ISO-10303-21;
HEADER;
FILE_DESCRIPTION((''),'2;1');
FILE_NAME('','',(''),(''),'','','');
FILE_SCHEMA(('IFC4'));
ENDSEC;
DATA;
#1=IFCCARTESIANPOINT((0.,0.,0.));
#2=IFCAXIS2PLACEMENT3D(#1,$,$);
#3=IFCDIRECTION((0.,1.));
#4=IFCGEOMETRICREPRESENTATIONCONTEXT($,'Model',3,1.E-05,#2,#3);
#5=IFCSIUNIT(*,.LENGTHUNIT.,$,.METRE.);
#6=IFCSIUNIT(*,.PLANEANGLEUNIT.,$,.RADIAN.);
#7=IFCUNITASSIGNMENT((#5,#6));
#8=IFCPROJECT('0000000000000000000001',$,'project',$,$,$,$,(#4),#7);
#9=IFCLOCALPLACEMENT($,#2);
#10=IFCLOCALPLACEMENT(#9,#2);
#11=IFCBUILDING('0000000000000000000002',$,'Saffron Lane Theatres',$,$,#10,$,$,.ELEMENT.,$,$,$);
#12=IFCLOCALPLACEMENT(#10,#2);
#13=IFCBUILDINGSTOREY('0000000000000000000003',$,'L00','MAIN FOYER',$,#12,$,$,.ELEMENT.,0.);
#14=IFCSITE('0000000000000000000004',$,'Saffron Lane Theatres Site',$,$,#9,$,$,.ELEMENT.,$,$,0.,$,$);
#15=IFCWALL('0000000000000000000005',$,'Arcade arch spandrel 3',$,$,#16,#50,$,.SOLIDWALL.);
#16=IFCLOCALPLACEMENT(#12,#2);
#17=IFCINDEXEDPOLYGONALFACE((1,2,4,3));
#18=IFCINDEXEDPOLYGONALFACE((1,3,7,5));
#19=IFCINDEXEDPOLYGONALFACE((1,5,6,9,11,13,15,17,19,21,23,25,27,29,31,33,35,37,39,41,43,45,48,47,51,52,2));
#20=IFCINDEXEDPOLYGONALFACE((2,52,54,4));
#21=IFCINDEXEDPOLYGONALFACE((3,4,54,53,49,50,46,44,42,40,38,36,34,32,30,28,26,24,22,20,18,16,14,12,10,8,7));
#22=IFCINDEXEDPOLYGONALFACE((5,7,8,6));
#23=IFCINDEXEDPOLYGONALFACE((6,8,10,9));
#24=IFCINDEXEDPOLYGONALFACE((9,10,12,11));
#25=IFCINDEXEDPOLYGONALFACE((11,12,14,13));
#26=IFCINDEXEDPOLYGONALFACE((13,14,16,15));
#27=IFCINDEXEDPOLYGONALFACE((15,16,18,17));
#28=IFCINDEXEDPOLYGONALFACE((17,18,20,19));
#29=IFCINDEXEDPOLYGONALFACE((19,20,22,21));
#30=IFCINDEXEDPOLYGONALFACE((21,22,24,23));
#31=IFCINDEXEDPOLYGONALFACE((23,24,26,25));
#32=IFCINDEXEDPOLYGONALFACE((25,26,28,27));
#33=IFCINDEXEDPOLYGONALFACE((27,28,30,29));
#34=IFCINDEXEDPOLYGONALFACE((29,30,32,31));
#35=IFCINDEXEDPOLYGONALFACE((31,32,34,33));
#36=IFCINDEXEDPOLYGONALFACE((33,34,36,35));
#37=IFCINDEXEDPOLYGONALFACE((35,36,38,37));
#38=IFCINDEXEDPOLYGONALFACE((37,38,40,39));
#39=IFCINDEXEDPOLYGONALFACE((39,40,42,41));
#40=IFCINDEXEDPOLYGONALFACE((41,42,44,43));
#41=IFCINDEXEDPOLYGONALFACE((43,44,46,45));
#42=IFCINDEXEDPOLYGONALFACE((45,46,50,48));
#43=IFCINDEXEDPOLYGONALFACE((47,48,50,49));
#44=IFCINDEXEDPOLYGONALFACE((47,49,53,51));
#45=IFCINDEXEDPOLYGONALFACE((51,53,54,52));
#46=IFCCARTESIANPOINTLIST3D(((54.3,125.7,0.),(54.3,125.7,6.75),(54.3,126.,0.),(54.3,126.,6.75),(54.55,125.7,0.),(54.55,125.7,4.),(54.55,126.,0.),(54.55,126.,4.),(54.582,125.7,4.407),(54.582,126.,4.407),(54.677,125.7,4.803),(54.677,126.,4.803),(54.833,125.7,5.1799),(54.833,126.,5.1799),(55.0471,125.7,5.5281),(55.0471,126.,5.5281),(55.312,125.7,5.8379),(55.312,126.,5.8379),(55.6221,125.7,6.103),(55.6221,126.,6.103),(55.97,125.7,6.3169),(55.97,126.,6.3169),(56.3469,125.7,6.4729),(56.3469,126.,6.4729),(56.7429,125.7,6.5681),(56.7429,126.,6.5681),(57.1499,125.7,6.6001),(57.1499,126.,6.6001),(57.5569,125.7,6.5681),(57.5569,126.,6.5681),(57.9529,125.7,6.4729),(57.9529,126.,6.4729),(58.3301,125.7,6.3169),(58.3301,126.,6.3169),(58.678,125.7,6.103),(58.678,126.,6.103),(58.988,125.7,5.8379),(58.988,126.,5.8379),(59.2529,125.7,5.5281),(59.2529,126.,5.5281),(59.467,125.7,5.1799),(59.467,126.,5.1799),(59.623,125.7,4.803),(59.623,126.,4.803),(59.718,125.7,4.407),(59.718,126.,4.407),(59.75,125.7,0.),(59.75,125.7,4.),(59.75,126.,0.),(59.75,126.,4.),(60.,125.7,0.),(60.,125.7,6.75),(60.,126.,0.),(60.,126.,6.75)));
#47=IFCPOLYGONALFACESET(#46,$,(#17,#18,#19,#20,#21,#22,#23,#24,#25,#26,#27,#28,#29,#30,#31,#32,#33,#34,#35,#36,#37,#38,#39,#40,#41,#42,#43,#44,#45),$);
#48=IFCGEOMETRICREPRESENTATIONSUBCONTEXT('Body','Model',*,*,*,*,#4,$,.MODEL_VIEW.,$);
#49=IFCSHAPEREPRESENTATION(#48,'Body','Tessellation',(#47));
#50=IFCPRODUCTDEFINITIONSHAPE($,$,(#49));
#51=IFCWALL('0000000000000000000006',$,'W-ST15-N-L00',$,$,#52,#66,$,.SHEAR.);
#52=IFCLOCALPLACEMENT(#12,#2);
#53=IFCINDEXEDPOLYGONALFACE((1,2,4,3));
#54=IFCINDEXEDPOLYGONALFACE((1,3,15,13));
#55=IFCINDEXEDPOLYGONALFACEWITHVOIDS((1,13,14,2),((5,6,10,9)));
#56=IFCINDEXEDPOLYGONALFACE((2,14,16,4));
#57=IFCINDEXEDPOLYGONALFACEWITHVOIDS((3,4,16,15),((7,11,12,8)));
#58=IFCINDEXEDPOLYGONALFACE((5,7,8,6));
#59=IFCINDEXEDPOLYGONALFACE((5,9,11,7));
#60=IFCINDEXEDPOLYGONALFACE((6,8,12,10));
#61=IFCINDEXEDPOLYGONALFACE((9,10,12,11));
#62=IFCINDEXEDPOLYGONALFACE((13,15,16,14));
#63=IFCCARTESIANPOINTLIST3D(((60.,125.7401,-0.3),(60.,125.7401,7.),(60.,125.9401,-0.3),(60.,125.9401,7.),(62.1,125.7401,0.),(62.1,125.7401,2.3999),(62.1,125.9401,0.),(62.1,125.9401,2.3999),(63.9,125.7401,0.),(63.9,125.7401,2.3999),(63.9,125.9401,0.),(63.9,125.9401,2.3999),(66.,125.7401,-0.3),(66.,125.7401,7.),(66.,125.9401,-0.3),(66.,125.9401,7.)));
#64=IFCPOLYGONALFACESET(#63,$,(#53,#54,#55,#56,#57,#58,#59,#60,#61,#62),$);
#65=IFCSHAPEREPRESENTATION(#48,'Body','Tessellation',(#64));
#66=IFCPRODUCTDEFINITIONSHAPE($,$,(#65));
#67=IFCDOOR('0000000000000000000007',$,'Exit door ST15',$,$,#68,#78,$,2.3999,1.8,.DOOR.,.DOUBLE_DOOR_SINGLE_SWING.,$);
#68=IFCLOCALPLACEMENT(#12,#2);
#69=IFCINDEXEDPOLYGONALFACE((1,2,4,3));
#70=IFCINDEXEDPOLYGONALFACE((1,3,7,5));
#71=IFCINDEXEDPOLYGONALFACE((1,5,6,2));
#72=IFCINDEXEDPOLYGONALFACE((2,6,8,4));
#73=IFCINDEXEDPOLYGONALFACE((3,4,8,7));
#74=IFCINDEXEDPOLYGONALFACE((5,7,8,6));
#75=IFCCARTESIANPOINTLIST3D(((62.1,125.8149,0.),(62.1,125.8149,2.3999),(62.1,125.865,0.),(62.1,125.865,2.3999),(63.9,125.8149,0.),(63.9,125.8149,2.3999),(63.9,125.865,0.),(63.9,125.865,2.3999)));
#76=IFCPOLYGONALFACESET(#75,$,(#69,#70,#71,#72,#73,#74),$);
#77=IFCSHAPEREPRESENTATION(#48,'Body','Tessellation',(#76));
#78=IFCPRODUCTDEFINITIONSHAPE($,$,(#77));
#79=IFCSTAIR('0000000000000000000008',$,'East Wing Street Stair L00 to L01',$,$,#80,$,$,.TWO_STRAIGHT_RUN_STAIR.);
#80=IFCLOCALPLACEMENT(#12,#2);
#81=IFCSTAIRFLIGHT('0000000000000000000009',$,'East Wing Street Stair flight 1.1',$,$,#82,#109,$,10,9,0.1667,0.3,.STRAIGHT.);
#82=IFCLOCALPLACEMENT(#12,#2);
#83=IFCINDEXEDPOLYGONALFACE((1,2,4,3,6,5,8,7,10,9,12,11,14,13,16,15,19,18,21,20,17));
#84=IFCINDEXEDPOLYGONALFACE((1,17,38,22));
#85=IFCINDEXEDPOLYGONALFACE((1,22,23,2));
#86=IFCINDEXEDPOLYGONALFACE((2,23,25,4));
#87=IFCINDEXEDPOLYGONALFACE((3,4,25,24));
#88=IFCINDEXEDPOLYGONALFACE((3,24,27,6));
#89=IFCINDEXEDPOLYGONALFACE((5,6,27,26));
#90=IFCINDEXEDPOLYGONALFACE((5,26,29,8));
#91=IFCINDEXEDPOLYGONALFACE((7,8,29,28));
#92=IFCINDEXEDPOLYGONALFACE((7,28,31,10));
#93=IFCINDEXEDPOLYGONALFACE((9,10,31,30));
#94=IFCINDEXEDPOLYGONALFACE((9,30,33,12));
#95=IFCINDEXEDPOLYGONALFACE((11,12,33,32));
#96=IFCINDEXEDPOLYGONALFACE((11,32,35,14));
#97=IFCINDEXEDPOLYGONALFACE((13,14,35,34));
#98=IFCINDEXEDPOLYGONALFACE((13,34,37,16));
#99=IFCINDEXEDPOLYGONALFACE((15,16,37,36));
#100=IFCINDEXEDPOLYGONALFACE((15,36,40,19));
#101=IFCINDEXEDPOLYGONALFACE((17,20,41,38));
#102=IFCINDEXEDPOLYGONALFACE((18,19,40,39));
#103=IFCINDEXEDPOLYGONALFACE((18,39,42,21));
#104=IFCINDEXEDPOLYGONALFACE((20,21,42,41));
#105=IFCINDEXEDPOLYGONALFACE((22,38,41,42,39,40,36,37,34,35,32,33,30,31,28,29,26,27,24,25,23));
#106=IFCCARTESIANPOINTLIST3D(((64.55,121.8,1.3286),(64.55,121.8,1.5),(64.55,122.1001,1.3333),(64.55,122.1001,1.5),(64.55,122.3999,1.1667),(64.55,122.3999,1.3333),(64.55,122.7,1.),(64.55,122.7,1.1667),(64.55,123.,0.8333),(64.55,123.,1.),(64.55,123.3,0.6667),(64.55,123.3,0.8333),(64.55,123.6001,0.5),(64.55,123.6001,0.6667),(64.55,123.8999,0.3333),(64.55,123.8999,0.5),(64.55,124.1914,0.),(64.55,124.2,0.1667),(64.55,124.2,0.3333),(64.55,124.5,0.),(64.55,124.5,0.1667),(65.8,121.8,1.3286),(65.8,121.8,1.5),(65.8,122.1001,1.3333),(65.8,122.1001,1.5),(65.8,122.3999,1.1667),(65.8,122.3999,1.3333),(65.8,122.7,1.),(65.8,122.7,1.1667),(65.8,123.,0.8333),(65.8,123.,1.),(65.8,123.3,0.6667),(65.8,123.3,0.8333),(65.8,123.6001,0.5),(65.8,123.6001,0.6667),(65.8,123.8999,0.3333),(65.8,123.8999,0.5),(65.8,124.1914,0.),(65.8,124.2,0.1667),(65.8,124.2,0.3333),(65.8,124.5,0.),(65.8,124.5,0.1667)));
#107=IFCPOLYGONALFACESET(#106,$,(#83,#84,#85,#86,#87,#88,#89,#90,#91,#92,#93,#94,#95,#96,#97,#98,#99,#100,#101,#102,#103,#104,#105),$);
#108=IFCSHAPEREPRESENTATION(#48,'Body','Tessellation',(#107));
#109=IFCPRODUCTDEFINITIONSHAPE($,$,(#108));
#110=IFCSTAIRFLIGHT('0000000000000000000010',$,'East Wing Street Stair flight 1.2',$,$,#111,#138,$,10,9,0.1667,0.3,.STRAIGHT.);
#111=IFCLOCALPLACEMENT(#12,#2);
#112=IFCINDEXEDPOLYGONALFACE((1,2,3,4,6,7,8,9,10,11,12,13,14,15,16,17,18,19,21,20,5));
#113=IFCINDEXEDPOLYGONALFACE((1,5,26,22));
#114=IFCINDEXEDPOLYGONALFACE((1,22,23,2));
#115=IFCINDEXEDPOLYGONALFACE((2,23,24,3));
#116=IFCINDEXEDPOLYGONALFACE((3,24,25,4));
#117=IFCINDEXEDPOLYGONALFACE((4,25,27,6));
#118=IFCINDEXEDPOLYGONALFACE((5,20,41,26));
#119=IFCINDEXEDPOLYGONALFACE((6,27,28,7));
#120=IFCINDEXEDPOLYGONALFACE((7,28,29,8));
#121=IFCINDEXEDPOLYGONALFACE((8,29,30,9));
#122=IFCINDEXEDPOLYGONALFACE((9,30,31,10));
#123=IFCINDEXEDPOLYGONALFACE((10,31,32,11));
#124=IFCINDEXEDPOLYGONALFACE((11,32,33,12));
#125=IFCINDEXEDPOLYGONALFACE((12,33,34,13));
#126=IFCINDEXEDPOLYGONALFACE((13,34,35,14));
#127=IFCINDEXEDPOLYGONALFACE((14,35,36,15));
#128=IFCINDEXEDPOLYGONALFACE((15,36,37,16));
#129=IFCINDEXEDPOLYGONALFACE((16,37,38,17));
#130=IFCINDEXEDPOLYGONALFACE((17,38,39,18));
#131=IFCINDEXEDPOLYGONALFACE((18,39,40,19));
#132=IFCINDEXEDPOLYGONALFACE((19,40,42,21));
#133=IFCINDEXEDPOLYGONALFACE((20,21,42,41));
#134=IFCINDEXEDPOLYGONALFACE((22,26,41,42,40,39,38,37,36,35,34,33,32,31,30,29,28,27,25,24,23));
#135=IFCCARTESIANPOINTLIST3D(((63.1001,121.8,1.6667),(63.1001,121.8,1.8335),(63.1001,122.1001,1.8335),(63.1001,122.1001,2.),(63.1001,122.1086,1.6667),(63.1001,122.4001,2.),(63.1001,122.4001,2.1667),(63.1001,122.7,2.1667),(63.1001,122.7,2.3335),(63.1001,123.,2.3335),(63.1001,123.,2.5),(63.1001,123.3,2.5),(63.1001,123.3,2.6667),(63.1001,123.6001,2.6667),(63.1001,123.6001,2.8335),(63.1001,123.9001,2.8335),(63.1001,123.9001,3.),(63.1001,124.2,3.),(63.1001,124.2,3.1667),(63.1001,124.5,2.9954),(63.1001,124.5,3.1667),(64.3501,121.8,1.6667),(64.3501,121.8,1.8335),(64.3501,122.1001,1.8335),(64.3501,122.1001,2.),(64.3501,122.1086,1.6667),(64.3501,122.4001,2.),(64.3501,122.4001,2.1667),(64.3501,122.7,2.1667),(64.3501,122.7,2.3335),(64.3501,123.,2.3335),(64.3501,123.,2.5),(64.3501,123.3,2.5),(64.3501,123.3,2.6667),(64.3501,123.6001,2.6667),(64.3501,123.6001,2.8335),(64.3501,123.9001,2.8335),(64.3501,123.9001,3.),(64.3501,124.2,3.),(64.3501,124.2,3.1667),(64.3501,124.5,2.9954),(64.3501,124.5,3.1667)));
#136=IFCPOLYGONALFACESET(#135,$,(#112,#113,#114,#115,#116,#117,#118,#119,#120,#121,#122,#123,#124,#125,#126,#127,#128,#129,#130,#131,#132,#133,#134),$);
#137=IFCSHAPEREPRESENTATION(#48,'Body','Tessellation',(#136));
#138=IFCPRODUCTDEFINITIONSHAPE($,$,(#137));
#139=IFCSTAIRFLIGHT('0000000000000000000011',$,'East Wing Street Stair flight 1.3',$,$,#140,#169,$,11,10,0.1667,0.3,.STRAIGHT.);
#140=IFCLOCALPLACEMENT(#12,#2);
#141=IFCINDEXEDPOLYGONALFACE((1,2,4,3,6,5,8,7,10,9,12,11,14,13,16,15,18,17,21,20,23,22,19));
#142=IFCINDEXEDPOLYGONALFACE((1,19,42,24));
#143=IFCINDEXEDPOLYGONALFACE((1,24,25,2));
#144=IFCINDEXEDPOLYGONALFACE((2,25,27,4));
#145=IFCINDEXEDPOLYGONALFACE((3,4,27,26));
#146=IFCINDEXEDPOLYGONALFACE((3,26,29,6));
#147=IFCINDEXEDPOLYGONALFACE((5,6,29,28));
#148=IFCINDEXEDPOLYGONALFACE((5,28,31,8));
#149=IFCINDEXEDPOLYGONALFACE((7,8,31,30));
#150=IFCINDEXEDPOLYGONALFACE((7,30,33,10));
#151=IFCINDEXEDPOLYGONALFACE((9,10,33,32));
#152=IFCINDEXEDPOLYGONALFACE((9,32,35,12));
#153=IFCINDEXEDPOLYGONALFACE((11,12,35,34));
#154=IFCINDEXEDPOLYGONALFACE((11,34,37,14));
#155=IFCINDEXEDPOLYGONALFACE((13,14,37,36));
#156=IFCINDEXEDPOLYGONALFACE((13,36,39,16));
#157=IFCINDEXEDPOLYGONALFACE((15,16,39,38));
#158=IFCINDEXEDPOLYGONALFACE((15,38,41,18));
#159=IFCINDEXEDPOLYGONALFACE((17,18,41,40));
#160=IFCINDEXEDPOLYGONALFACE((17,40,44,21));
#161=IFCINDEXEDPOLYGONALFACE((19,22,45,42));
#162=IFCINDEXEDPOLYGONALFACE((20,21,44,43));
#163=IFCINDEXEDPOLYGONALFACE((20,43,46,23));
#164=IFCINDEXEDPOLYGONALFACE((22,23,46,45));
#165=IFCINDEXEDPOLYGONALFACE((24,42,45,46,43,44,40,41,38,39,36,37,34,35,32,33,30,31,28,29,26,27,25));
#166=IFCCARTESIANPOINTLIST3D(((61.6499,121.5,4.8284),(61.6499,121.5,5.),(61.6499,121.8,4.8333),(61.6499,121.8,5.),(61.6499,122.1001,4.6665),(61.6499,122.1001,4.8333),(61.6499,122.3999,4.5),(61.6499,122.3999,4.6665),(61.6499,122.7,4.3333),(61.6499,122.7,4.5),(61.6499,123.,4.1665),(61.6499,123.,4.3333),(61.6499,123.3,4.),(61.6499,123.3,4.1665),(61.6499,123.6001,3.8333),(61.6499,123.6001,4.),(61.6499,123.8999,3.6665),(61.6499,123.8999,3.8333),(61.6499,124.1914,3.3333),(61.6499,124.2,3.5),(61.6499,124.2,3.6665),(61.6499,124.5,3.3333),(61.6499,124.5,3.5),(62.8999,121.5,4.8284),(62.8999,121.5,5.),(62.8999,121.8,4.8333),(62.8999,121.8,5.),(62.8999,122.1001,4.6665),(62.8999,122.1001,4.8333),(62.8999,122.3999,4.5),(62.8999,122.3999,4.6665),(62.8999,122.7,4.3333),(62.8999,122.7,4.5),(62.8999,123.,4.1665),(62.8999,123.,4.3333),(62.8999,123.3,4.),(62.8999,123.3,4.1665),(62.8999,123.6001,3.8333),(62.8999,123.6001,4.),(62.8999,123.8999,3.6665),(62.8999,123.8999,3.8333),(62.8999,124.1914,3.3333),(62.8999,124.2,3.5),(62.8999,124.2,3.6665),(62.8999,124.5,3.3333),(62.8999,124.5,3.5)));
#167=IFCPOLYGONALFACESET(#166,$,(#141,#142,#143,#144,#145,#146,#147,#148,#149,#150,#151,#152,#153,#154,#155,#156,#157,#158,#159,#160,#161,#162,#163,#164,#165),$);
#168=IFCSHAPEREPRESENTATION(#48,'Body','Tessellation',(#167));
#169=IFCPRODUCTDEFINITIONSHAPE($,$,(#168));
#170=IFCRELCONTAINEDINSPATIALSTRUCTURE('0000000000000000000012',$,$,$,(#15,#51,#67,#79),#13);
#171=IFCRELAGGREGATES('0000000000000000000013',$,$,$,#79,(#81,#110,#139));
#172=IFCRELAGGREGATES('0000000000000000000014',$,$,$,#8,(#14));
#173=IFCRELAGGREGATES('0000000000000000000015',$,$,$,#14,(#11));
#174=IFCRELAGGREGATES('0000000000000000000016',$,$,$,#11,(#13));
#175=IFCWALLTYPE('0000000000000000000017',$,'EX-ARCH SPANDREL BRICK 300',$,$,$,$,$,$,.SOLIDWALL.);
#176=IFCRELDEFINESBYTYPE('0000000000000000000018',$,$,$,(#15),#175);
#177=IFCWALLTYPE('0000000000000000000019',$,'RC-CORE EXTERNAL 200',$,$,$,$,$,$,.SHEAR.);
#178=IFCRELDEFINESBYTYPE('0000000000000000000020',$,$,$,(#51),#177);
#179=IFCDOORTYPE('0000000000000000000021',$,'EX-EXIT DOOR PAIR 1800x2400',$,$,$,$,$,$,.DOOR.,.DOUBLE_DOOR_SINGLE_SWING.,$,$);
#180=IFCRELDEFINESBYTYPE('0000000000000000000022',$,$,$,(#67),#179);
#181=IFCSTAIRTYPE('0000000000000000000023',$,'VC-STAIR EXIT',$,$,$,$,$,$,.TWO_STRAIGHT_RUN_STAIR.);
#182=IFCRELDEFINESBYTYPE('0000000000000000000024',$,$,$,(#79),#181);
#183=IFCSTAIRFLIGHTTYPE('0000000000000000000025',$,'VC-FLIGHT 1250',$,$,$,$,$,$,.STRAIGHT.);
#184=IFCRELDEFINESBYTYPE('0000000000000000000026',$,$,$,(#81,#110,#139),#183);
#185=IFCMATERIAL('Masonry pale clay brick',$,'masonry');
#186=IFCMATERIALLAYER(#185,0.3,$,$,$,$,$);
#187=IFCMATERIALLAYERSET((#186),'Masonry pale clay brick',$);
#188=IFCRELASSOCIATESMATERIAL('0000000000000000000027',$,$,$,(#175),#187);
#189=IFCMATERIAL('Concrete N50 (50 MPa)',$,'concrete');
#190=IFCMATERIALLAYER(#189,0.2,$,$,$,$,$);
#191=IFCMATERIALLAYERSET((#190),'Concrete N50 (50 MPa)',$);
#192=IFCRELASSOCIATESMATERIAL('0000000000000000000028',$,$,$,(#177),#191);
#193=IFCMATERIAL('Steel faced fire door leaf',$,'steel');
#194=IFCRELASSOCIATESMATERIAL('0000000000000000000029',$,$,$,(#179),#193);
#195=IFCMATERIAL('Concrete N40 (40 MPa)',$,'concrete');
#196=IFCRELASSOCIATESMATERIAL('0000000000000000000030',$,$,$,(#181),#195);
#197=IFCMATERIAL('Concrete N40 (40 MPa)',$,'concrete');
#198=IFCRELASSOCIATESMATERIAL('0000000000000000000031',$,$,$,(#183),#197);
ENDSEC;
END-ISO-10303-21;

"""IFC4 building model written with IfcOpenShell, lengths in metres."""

from ifc_helpers import new_model, si_unit, direction, frame, frame_2d, origin, place, context, subcontext, project, spatial, polyline, rectangle, outline, extrude, material, layer, layer_set, type_object, element, fill, aggregate, save


model = new_model("IFC4")

# Units and contexts
model_context = context("Model", 3, precision=1e-05, world=origin(), true_north=direction((0.0, 1.0)))
body_context = subcontext(model_context, "Body", "Model", "MODEL_VIEW")
ifc_project = project(units=[si_unit("LENGTHUNIT", "METRE"), si_unit("PLANEANGLEUNIT", "RADIAN")], contexts=[model_context])

# Site, building, storey
site_placement = place(None, origin())
site = spatial("IfcSite", under=ifc_project, at=site_placement, Name="Saffron Lane Theatres Site", CompositionType="ELEMENT", RefElevation=0.0)
building_placement = place(site_placement, origin())
building = spatial("IfcBuilding", under=site, at=building_placement, Name="Saffron Lane Theatres", CompositionType="ELEMENT")
storey_placement = place(building_placement, origin())
storey = spatial("IfcBuildingStorey", under=building, at=storey_placement, Name="L00", Description="MAIN FOYER", CompositionType="ELEMENT", Elevation=0.0)

# Wall
ifc_material_1 = material(Name="Masonry pale clay brick", Category="masonry")
ifc_layer_1 = layer(ifc_material_1, 0.3)
ifc_layer_set_1 = layer_set([ifc_layer_1], Name="Masonry pale clay brick")
wall_type_1 = type_object("IfcWallType", Name="EX-ARCH SPANDREL BRICK 300", PredefinedType="SOLIDWALL", material=ifc_layer_set_1)
wall_1_placement = place(storey_placement, frame((54.3, 126.0, 0.0), z_axis=(0.0, 1.0, 0.0), x_axis=(0.0, 0.0, 1.0)))
element("IfcWall", 1, at=wall_1_placement, inside=storey, type_object=wall_type_1, Name="Arcade arch spandrel 3", PredefinedType="SOLIDWALL", context=body_context, shape_type="SweptSolid", body=[
    extrude(outline(polyline([(0.0, 0.0), (6.75, 0.0), (6.75, 5.7), (0.0, 5.7), (0.0, 5.45), (4.0, 5.45), (4.407, 5.418), (4.803, 5.323), (5.1799, 5.167), (5.5281, 4.9529), (5.8379, 4.688), (6.103, 4.3779), (6.3169, 4.03), (6.4729, 3.6528), (6.5681, 3.2568), (6.6001, 2.8499), (6.5681, 2.4429), (6.4729, 2.0469), (6.3169, 1.6699), (6.103, 1.322), (5.8379, 1.012), (5.5281, 0.7471), (5.1799, 0.533), (4.803, 0.377), (4.407, 0.282), (4.0, 0.25), (0.0, 0.25), (0.0, 0.0)])), origin(), (0.0, 0.0, -1.0), 0.3),
])

# Wall, opening, door
ifc_material_2 = material(Name="Concrete N50 (50 MPa)", Category="concrete")
ifc_layer_2 = layer(ifc_material_2, 0.2)
ifc_layer_set_2 = layer_set([ifc_layer_2], Name="Concrete N50 (50 MPa)")
wall_type_2 = type_object("IfcWallType", Name="RC-CORE EXTERNAL 200", PredefinedType="SHEAR", material=ifc_layer_set_2)
wall_2_placement = place(storey_placement, frame((60.0, 125.8401, -0.3), z_axis=(0.0, 0.0, 1.0), x_axis=(1.0, 0.0, 0.0)))
wall_2 = element("IfcWall", 2, at=wall_2_placement, inside=storey, type_object=wall_type_2, Name="W-ST15-N-L00", PredefinedType="SHEAR", context=body_context, shape_type="SweptSolid", body=[
    extrude(rectangle(XDim=6.0, YDim=0.2, at=frame_2d((3.0, 0.0))), origin(), (0.0, 0.0, 1.0), 7.3),
])
opening_placement = place(wall_2_placement, frame((2.1001, 0.0, 0.3)))
opening = element("IfcOpeningElement", 3, at=opening_placement, cuts=wall_2, PredefinedType="OPENING", context=body_context, shape_type="SweptSolid", body=[
    extrude(rectangle(XDim=1.8, YDim=2.3999, at=frame_2d((0.8999, 1.2))), frame((0.0, 0.1099, 0.0), z_axis=(0.0, -1.0, 0.0), x_axis=(1.0, 0.0, 0.0)), (0.0, 0.0, 1.0), 0.22),
])
ifc_material_3 = material(Name="Steel faced fire door leaf", Category="steel")
door_type = type_object("IfcDoorType", Name="EX-EXIT DOOR PAIR 1800x2400", OperationType="DOUBLE_DOOR_SINGLE_SWING", PredefinedType="DOOR", material=ifc_material_3)
door_placement = place(opening_placement, origin())
door = element("IfcDoor", 4, at=door_placement, inside=storey, type_object=door_type, Name="Exit door ST15", OperationType="DOUBLE_DOOR_SINGLE_SWING", OverallHeight=2.3999, OverallWidth=1.8, PredefinedType="DOOR", context=body_context, shape_type="SweptSolid", body=[
    extrude(rectangle(XDim=1.8, YDim=2.3999, at=frame_2d((0.8999, 1.2))), frame((0.0, 0.0249, 0.0), z_axis=(0.0, -1.0, 0.0), x_axis=(1.0, 0.0, 0.0)), (0.0, 0.0, 1.0), 0.05),
])
fill(opening, door)

# Stair, stair flights
ifc_material_4 = material(Name="Concrete N40 (40 MPa)", Category="concrete")
stair_type = type_object("IfcStairType", Name="VC-STAIR EXIT", PredefinedType="TWO_STRAIGHT_RUN_STAIR", material=ifc_material_4)
stair_placement = place(storey_placement, origin())
stair = element("IfcStair", 5, at=stair_placement, inside=storey, type_object=stair_type, Name="East Wing Street Stair L00 to L01", PredefinedType="TWO_STRAIGHT_RUN_STAIR")
ifc_material_5 = material(Name="Concrete N40 (40 MPa)", Category="concrete")
stair_flight_type = type_object("IfcStairFlightType", Name="VC-FLIGHT 1250", PredefinedType="STRAIGHT", material=ifc_material_5)
stair_flight_1_placement = place(storey_placement, frame((65.175, 124.5, 0.0), z_axis=(0.0, 0.0, 1.0), x_axis=(0.0, -1.0, 0.0)))
stair_flight_1 = element("IfcStairFlight", 6, at=stair_flight_1_placement, type_object=stair_flight_type, Name="East Wing Street Stair flight 1.1", NumberOfRisers=10, NumberOfTreads=9, PredefinedType="STRAIGHT", RiserHeight=0.1667, TreadLength=0.3, context=body_context, shape_type="SweptSolid", body=[
    extrude(outline(polyline([(0.0, 0.0), (0.0, 0.1667), (0.3, 0.1667), (0.3, 0.3333), (0.6001, 0.3333), (0.6001, 0.5), (0.8999, 0.5), (0.8999, 0.6667), (1.2, 0.6667), (1.2, 0.8333), (1.5, 0.8333), (1.5, 1.0), (1.8, 1.0), (1.8, 1.1667), (2.1001, 1.1667), (2.1001, 1.3333), (2.3999, 1.3333), (2.3999, 1.5), (2.7, 1.5), (2.7, 1.6667), (2.7, 1.3286), (0.3086, 0.0), (0.0, 0.0)])), frame((0.0, 0.625, 0.0), z_axis=(0.0, -1.0, 0.0), x_axis=(1.0, 0.0, 0.0)), (0.0, 0.0, 1.0), 1.25),
])
stair_flight_2_placement = place(storey_placement, frame((63.7251, 121.8, 1.6667), z_axis=(0.0, 0.0, 1.0), x_axis=(0.0, 1.0, 0.0)))
stair_flight_2 = element("IfcStairFlight", 7, at=stair_flight_2_placement, type_object=stair_flight_type, Name="East Wing Street Stair flight 1.2", NumberOfRisers=10, NumberOfTreads=9, PredefinedType="STRAIGHT", RiserHeight=0.1667, TreadLength=0.3, context=body_context, shape_type="SweptSolid", body=[
    extrude(outline(polyline([(0.0, 0.0), (0.0, 0.1667), (0.3, 0.1667), (0.3, 0.3333), (0.6001, 0.3333), (0.6001, 0.5), (0.8999, 0.5), (0.8999, 0.6667), (1.2, 0.6667), (1.2, 0.8333), (1.5, 0.8333), (1.5, 1.0), (1.8, 1.0), (1.8, 1.1667), (2.1001, 1.1667), (2.1001, 1.3333), (2.3999, 1.3333), (2.3999, 1.5), (2.7, 1.5), (2.7, 1.6667), (2.7, 1.3286), (0.3086, 0.0), (0.0, 0.0)])), frame((0.0, 0.625, 0.0), z_axis=(0.0, -1.0, 0.0), x_axis=(1.0, 0.0, 0.0)), (0.0, 0.0, 1.0), 1.25),
])
stair_flight_3_placement = place(storey_placement, frame((62.2749, 124.5, 3.3333), z_axis=(0.0, 0.0, 1.0), x_axis=(0.0, -1.0, 0.0)))
stair_flight_3 = element("IfcStairFlight", 8, at=stair_flight_3_placement, type_object=stair_flight_type, Name="East Wing Street Stair flight 1.3", NumberOfRisers=11, NumberOfTreads=10, PredefinedType="STRAIGHT", RiserHeight=0.1667, TreadLength=0.3, context=body_context, shape_type="SweptSolid", body=[
    extrude(outline(polyline([(0.0, 0.0), (0.0, 0.1667), (0.3, 0.1667), (0.3, 0.3333), (0.6001, 0.3333), (0.6001, 0.5), (0.8999, 0.5), (0.8999, 0.6667), (1.2, 0.6667), (1.2, 0.8333), (1.5, 0.8333), (1.5, 1.0), (1.8, 1.0), (1.8, 1.1667), (2.1001, 1.1667), (2.1001, 1.3333), (2.3999, 1.3333), (2.3999, 1.5), (2.7, 1.5), (2.7, 1.6667), (3.0, 1.6667), (3.0, 1.8333), (3.0, 1.4951), (0.3086, 0.0), (0.0, 0.0)])), frame((0.0, 0.625, 0.0), z_axis=(0.0, -1.0, 0.0), x_axis=(1.0, 0.0, 0.0)), (0.0, 0.0, 1.0), 1.25),
])
aggregate(stair, [stair_flight_1, stair_flight_2, stair_flight_3])

save(model, "model.ifc")
